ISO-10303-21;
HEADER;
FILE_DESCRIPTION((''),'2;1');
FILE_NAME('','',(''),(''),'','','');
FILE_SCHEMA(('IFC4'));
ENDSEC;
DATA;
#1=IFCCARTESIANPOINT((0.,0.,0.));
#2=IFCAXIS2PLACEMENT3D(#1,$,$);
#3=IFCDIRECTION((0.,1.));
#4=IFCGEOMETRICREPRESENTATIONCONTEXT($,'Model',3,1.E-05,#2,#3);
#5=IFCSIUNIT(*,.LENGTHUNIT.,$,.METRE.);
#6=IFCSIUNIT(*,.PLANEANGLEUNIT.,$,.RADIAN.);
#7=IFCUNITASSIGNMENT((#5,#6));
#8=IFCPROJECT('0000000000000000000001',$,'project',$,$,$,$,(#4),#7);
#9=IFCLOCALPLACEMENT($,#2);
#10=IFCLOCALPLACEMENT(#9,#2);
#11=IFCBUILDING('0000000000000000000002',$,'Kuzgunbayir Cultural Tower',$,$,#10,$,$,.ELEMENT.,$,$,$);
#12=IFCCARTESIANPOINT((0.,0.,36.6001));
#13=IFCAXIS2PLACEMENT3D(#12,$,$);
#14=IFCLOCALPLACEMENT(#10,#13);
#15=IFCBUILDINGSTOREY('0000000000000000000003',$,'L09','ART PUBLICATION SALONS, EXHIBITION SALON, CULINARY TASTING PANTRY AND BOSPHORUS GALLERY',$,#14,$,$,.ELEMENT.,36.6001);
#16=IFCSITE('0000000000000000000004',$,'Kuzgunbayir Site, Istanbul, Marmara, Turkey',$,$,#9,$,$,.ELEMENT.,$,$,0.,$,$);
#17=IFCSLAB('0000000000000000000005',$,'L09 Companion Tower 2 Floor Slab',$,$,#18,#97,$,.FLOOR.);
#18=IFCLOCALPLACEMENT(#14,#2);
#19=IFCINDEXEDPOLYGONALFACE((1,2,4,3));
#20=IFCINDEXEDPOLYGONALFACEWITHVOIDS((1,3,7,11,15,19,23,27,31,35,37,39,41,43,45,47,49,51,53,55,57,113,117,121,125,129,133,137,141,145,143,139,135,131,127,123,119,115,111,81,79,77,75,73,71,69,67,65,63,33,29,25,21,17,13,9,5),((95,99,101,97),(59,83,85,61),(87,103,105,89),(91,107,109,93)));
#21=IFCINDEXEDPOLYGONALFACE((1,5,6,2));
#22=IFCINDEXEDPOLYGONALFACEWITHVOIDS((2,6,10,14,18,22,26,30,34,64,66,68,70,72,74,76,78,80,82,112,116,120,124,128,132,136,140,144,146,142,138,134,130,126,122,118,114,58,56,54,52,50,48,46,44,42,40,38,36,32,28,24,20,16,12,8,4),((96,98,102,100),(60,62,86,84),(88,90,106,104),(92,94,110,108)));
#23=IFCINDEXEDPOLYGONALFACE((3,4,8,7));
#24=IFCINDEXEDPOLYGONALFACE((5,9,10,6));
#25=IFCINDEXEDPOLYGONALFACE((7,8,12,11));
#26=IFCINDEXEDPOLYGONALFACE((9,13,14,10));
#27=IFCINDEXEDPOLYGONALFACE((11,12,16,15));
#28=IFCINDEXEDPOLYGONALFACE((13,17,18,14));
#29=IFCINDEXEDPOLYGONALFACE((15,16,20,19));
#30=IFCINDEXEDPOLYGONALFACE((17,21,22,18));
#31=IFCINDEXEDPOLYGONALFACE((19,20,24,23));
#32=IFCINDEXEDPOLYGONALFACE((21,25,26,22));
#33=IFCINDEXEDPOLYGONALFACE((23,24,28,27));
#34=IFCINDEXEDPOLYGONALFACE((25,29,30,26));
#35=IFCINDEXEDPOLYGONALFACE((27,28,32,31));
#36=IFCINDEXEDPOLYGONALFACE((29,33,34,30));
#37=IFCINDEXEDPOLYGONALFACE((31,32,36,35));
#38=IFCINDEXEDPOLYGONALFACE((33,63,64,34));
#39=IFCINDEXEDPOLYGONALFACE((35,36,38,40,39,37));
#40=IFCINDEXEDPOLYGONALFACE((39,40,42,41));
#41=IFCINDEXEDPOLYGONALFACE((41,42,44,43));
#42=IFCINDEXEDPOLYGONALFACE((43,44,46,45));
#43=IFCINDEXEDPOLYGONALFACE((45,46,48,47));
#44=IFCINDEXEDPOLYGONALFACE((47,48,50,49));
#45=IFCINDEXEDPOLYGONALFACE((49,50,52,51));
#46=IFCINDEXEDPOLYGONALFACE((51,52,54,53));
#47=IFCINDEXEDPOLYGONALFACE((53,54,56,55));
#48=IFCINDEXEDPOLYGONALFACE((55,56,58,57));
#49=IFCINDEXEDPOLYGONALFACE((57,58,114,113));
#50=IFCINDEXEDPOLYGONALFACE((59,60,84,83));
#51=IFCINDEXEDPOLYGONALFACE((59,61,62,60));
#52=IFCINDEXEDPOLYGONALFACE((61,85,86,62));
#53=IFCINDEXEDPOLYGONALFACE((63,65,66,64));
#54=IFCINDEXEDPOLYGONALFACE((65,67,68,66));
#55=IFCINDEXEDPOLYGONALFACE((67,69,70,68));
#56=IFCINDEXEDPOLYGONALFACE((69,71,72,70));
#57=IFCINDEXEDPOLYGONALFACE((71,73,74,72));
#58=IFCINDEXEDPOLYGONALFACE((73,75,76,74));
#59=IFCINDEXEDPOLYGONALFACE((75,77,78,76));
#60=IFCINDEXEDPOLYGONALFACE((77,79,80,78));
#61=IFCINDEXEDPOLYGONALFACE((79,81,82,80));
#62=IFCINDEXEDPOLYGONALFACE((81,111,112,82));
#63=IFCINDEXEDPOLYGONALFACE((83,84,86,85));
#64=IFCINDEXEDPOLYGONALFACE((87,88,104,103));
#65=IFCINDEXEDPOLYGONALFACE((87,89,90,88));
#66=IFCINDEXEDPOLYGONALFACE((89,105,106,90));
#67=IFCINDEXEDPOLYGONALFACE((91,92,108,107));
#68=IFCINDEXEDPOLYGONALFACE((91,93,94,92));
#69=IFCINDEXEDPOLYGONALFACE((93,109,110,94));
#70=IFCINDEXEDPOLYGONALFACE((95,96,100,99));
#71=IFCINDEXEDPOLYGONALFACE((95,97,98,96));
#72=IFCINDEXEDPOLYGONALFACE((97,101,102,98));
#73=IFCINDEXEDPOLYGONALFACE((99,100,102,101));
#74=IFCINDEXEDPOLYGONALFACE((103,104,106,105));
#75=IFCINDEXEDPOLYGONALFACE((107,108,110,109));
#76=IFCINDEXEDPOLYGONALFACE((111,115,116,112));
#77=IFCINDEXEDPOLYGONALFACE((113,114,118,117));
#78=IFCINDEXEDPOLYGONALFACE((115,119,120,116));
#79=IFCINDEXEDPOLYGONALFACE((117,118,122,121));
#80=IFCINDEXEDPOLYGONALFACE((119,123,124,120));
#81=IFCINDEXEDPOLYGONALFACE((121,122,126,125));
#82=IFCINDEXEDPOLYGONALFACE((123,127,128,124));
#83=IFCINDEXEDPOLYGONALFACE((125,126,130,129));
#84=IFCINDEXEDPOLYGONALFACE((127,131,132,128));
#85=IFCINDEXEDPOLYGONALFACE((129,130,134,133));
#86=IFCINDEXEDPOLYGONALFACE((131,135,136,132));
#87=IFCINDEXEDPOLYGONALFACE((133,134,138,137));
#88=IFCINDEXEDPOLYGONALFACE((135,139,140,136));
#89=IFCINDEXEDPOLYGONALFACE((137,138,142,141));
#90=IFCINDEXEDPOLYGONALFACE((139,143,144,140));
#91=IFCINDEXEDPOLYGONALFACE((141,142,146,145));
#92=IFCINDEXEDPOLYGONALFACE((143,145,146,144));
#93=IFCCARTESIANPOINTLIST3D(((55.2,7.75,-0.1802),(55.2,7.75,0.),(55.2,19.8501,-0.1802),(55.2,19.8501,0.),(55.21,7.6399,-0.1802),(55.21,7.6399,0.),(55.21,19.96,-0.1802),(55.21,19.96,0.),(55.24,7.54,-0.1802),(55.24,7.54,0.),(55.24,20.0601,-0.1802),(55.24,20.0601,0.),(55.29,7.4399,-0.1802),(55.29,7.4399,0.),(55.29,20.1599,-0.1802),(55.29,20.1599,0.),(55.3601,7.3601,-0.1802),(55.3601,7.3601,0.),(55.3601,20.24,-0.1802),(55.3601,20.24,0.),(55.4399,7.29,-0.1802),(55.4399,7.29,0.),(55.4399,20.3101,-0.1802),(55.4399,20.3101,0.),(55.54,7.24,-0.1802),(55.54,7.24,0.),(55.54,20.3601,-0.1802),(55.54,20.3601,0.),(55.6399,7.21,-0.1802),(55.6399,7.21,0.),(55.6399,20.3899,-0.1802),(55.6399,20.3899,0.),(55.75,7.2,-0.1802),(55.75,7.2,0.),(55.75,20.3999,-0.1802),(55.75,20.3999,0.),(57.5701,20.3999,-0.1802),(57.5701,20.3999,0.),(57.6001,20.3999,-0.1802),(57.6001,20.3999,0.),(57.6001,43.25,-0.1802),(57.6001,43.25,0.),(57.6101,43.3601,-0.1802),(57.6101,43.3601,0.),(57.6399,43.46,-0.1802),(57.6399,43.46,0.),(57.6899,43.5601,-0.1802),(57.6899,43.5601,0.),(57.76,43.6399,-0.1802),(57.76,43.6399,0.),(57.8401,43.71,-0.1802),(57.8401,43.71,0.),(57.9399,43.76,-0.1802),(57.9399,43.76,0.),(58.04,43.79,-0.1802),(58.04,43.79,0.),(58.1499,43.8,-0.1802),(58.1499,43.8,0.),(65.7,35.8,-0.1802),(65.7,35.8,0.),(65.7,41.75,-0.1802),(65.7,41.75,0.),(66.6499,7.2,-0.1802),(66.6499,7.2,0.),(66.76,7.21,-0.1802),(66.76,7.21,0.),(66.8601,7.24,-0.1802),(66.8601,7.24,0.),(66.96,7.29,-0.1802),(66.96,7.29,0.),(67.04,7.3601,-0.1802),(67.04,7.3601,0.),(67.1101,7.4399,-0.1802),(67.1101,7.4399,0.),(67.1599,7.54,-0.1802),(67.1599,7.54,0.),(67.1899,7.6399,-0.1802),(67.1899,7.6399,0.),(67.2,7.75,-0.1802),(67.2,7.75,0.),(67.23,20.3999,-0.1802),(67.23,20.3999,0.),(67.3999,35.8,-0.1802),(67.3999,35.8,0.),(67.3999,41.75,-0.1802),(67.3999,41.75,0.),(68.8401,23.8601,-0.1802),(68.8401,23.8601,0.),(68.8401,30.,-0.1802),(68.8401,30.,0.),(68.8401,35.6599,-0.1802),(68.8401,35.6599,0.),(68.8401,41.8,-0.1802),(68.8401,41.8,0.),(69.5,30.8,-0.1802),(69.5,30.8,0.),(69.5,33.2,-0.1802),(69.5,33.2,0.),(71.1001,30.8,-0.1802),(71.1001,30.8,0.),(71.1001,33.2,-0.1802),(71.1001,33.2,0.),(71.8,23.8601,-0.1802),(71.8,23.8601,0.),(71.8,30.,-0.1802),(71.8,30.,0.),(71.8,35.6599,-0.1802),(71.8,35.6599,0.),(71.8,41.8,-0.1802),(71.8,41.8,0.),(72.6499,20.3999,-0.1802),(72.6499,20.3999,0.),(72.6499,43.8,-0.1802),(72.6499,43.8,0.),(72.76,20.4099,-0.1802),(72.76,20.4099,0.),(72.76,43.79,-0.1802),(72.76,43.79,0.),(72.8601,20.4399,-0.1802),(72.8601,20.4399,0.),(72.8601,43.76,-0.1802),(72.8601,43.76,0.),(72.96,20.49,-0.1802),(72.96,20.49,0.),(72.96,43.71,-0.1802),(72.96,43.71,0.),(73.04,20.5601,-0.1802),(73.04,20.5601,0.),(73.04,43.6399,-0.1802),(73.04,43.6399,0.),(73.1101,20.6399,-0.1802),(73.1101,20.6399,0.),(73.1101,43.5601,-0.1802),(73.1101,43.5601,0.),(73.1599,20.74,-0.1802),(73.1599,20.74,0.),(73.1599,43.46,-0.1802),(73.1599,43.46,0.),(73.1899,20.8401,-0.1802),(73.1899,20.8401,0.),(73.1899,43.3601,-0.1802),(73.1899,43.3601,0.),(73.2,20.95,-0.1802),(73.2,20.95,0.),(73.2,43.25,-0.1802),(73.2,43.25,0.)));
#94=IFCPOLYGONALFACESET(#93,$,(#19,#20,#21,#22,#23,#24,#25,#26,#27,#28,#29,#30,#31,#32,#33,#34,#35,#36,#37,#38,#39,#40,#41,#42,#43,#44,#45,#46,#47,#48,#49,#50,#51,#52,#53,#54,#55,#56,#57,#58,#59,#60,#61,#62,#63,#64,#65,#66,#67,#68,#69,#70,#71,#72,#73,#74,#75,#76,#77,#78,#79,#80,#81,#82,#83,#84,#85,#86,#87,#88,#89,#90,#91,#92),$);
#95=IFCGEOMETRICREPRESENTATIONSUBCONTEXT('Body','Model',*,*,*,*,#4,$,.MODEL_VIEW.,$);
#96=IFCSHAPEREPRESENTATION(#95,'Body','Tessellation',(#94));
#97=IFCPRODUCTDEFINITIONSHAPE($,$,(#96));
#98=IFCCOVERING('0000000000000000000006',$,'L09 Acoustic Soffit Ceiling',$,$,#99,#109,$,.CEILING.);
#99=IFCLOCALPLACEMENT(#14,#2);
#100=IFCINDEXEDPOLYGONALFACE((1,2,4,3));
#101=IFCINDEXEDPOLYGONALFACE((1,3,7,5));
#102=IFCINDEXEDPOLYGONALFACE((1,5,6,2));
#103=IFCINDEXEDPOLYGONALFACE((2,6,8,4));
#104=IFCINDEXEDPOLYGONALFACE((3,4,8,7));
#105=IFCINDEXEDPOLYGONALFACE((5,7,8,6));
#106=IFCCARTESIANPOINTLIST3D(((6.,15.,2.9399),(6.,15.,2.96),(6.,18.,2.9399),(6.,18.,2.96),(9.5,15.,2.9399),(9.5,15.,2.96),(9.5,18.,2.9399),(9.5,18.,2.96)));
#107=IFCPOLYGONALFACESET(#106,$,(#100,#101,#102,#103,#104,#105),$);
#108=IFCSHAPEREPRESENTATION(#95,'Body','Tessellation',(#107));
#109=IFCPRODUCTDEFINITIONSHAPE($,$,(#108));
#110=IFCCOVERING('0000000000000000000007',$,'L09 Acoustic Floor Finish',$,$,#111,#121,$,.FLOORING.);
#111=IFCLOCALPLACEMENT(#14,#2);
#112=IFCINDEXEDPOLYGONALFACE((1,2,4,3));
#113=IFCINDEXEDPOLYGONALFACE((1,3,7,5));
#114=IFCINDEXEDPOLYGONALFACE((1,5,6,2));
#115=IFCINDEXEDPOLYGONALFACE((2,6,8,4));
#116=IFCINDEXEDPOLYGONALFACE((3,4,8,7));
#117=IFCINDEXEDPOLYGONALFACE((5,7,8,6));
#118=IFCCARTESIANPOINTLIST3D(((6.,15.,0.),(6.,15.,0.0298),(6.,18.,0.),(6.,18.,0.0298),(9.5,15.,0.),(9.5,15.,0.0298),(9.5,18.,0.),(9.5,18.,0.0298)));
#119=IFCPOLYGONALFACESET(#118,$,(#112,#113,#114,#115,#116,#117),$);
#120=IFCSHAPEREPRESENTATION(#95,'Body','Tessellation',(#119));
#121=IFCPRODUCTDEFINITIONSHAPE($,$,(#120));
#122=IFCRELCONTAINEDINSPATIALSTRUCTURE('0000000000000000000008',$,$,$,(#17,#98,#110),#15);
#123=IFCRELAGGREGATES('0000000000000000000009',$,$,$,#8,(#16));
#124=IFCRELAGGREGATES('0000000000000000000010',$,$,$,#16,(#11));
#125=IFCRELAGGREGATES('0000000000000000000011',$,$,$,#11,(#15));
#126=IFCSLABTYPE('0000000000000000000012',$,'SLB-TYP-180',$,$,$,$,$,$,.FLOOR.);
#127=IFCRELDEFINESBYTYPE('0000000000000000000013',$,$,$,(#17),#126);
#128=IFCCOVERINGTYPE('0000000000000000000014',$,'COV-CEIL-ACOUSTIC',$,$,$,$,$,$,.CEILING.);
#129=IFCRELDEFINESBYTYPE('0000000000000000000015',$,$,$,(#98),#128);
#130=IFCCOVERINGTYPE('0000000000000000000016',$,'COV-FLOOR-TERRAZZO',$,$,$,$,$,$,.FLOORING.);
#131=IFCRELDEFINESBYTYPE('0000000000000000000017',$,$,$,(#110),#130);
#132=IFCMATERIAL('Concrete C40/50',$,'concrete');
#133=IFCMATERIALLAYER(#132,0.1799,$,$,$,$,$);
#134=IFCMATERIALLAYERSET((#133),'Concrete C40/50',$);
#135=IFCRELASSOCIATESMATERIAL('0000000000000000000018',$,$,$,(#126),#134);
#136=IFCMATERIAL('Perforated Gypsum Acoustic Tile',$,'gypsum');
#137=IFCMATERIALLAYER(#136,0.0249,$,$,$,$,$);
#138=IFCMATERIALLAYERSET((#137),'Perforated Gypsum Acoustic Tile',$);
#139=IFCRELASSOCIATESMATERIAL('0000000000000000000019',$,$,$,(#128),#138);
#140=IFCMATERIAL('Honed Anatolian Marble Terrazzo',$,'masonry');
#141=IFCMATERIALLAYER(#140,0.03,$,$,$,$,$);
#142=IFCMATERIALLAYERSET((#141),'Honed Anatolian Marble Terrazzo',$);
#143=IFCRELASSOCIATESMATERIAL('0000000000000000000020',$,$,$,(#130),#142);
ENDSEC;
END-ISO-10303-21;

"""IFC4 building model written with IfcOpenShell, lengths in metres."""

from ifc_helpers import new_model, si_unit, direction, frame, origin, place, context, subcontext, project, spatial, polyline, outline, extrude, material, layer, layer_set, type_object, element, save


model = new_model("IFC4")

# Units and contexts
model_context = context("Model", 3, precision=1e-05, world=origin(), true_north=direction((0.0, 1.0)))
body_context = subcontext(model_context, "Body", "Model", "MODEL_VIEW")
ifc_project = project(units=[si_unit("LENGTHUNIT", "METRE"), si_unit("PLANEANGLEUNIT", "RADIAN")], contexts=[model_context])

# Site, building, storey
site_placement = place(None, origin())
site = spatial("IfcSite", under=ifc_project, at=site_placement, Name="Kuzgunbayir Site, Istanbul, Marmara, Turkey", CompositionType="ELEMENT", RefElevation=0.0)
building_placement = place(site_placement, origin())
building = spatial("IfcBuilding", under=site, at=building_placement, Name="Kuzgunbayir Cultural Tower", CompositionType="ELEMENT")
storey_placement = place(building_placement, frame((0.0, 0.0, 36.6001)))
storey = spatial("IfcBuildingStorey", under=building, at=storey_placement, Name="L09", Description="ART PUBLICATION SALONS, EXHIBITION SALON, CULINARY TASTING PANTRY AND BOSPHORUS GALLERY", CompositionType="ELEMENT", Elevation=36.6001)

# Shared definitions
ifc_material_1 = material(Name="Concrete C40/50", Category="concrete")

# Slab
ifc_layer_1 = layer(ifc_material_1, 0.1799)
ifc_layer_set_1 = layer_set([ifc_layer_1], Name="Concrete C40/50")
slab_type_1 = type_object("IfcSlabType", Name="SLB-TYP-180", PredefinedType="FLOOR", material=ifc_layer_set_1)
slab_1_placement = place(storey_placement, frame((0.0, 0.0, -0.1802)))
element("IfcSlab", 1, at=slab_1_placement, inside=storey, type_object=slab_type_1, Name="L09 Companion Tower 2 Floor Slab", PredefinedType="FLOOR", context=body_context, shape_type="SweptSolid", body=[
    extrude(outline(polyline([(57.6001, 20.3999), (57.6001, 43.25), (57.6101, 43.3601), (57.6399, 43.46), (57.6899, 43.5601), (57.76, 43.6399), (57.8401, 43.71), (57.9399, 43.76), (58.04, 43.79), (58.1499, 43.8), (72.6499, 43.8), (72.76, 43.79), (72.8601, 43.76), (72.96, 43.71), (73.04, 43.6399), (73.1101, 43.5601), (73.1599, 43.46), (73.1899, 43.3601), (73.2, 43.25), (73.2, 20.95), (73.1899, 20.8401), (73.1599, 20.74), (73.1101, 20.6399), (73.04, 20.5601), (72.96, 20.49), (72.8601, 20.4399), (72.76, 20.4099), (72.6499, 20.3999), (67.23, 20.3999), (67.2, 7.75), (67.1899, 7.6399), (67.1599, 7.54), (67.1101, 7.4399), (67.04, 7.3601), (66.96, 7.29), (66.8601, 7.24), (66.76, 7.21), (66.6499, 7.2), (55.75, 7.2), (55.6399, 7.21), (55.54, 7.24), (55.4399, 7.29), (55.3601, 7.3601), (55.29, 7.4399), (55.24, 7.54), (55.21, 7.6399), (55.2, 7.75), (55.2, 19.8501), (55.21, 19.96), (55.24, 20.0601), (55.29, 20.1599), (55.3601, 20.24), (55.4399, 20.3101), (55.54, 20.3601), (55.6399, 20.3899), (55.75, 20.3999), (57.5701, 20.3999), (57.6001, 20.3999)]), holes=[polyline([(68.8401, 23.8601), (68.8401, 30.0), (71.8, 30.0), (71.8, 23.8601), (68.8401, 23.8601)]), polyline([(68.8401, 35.6599), (68.8401, 41.8), (71.8, 41.8), (71.8, 35.6599), (68.8401, 35.6599)]), polyline([(65.7, 35.8), (65.7, 41.75), (67.3999, 41.75), (67.3999, 35.8), (65.7, 35.8)]), polyline([(69.5, 30.8), (69.5, 33.2), (71.1001, 33.2), (71.1001, 30.8), (69.5, 30.8)])]), origin(), (0.0, 0.0, 1.0), 0.1802),
])

# Coverings
ifc_material_2 = material(Name="Perforated Gypsum Acoustic Tile", Category="gypsum")
ifc_layer_2 = layer(ifc_material_2, 0.0249)
ifc_layer_set_2 = layer_set([ifc_layer_2], Name="Perforated Gypsum Acoustic Tile")
covering_type_1 = type_object("IfcCoveringType", Name="COV-CEIL-ACOUSTIC", PredefinedType="CEILING", material=ifc_layer_set_2)
covering_1_placement = place(storey_placement, frame((0.0, 0.0, 2.9399)))
element("IfcCovering", 2, at=covering_1_placement, inside=storey, type_object=covering_type_1, Name="L09 Acoustic Soffit Ceiling", PredefinedType="CEILING", context=body_context, shape_type="SweptSolid", body=[
    extrude(outline(polyline([(6.0, 15.0), (9.5, 15.0), (9.5, 18.0), (6.0, 18.0), (6.0, 15.0)])), origin(), (0.0, 0.0, 1.0), 0.02),
])
ifc_material_3 = material(Name="Honed Anatolian Marble Terrazzo", Category="masonry")
ifc_layer_3 = layer(ifc_material_3, 0.03)
ifc_layer_set_3 = layer_set([ifc_layer_3], Name="Honed Anatolian Marble Terrazzo")
covering_type_2 = type_object("IfcCoveringType", Name="COV-FLOOR-TERRAZZO", PredefinedType="FLOORING", material=ifc_layer_set_3)
covering_2_placement = place(storey_placement, origin())
element("IfcCovering", 3, at=covering_2_placement, inside=storey, type_object=covering_type_2, Name="L09 Acoustic Floor Finish", PredefinedType="FLOORING", context=body_context, shape_type="SweptSolid", body=[
    extrude(outline(polyline([(6.0, 15.0), (9.5, 15.0), (9.5, 18.0), (6.0, 18.0), (6.0, 15.0)])), origin(), (0.0, 0.0, 1.0), 0.0298),
])

save(model, "model.ifc")
